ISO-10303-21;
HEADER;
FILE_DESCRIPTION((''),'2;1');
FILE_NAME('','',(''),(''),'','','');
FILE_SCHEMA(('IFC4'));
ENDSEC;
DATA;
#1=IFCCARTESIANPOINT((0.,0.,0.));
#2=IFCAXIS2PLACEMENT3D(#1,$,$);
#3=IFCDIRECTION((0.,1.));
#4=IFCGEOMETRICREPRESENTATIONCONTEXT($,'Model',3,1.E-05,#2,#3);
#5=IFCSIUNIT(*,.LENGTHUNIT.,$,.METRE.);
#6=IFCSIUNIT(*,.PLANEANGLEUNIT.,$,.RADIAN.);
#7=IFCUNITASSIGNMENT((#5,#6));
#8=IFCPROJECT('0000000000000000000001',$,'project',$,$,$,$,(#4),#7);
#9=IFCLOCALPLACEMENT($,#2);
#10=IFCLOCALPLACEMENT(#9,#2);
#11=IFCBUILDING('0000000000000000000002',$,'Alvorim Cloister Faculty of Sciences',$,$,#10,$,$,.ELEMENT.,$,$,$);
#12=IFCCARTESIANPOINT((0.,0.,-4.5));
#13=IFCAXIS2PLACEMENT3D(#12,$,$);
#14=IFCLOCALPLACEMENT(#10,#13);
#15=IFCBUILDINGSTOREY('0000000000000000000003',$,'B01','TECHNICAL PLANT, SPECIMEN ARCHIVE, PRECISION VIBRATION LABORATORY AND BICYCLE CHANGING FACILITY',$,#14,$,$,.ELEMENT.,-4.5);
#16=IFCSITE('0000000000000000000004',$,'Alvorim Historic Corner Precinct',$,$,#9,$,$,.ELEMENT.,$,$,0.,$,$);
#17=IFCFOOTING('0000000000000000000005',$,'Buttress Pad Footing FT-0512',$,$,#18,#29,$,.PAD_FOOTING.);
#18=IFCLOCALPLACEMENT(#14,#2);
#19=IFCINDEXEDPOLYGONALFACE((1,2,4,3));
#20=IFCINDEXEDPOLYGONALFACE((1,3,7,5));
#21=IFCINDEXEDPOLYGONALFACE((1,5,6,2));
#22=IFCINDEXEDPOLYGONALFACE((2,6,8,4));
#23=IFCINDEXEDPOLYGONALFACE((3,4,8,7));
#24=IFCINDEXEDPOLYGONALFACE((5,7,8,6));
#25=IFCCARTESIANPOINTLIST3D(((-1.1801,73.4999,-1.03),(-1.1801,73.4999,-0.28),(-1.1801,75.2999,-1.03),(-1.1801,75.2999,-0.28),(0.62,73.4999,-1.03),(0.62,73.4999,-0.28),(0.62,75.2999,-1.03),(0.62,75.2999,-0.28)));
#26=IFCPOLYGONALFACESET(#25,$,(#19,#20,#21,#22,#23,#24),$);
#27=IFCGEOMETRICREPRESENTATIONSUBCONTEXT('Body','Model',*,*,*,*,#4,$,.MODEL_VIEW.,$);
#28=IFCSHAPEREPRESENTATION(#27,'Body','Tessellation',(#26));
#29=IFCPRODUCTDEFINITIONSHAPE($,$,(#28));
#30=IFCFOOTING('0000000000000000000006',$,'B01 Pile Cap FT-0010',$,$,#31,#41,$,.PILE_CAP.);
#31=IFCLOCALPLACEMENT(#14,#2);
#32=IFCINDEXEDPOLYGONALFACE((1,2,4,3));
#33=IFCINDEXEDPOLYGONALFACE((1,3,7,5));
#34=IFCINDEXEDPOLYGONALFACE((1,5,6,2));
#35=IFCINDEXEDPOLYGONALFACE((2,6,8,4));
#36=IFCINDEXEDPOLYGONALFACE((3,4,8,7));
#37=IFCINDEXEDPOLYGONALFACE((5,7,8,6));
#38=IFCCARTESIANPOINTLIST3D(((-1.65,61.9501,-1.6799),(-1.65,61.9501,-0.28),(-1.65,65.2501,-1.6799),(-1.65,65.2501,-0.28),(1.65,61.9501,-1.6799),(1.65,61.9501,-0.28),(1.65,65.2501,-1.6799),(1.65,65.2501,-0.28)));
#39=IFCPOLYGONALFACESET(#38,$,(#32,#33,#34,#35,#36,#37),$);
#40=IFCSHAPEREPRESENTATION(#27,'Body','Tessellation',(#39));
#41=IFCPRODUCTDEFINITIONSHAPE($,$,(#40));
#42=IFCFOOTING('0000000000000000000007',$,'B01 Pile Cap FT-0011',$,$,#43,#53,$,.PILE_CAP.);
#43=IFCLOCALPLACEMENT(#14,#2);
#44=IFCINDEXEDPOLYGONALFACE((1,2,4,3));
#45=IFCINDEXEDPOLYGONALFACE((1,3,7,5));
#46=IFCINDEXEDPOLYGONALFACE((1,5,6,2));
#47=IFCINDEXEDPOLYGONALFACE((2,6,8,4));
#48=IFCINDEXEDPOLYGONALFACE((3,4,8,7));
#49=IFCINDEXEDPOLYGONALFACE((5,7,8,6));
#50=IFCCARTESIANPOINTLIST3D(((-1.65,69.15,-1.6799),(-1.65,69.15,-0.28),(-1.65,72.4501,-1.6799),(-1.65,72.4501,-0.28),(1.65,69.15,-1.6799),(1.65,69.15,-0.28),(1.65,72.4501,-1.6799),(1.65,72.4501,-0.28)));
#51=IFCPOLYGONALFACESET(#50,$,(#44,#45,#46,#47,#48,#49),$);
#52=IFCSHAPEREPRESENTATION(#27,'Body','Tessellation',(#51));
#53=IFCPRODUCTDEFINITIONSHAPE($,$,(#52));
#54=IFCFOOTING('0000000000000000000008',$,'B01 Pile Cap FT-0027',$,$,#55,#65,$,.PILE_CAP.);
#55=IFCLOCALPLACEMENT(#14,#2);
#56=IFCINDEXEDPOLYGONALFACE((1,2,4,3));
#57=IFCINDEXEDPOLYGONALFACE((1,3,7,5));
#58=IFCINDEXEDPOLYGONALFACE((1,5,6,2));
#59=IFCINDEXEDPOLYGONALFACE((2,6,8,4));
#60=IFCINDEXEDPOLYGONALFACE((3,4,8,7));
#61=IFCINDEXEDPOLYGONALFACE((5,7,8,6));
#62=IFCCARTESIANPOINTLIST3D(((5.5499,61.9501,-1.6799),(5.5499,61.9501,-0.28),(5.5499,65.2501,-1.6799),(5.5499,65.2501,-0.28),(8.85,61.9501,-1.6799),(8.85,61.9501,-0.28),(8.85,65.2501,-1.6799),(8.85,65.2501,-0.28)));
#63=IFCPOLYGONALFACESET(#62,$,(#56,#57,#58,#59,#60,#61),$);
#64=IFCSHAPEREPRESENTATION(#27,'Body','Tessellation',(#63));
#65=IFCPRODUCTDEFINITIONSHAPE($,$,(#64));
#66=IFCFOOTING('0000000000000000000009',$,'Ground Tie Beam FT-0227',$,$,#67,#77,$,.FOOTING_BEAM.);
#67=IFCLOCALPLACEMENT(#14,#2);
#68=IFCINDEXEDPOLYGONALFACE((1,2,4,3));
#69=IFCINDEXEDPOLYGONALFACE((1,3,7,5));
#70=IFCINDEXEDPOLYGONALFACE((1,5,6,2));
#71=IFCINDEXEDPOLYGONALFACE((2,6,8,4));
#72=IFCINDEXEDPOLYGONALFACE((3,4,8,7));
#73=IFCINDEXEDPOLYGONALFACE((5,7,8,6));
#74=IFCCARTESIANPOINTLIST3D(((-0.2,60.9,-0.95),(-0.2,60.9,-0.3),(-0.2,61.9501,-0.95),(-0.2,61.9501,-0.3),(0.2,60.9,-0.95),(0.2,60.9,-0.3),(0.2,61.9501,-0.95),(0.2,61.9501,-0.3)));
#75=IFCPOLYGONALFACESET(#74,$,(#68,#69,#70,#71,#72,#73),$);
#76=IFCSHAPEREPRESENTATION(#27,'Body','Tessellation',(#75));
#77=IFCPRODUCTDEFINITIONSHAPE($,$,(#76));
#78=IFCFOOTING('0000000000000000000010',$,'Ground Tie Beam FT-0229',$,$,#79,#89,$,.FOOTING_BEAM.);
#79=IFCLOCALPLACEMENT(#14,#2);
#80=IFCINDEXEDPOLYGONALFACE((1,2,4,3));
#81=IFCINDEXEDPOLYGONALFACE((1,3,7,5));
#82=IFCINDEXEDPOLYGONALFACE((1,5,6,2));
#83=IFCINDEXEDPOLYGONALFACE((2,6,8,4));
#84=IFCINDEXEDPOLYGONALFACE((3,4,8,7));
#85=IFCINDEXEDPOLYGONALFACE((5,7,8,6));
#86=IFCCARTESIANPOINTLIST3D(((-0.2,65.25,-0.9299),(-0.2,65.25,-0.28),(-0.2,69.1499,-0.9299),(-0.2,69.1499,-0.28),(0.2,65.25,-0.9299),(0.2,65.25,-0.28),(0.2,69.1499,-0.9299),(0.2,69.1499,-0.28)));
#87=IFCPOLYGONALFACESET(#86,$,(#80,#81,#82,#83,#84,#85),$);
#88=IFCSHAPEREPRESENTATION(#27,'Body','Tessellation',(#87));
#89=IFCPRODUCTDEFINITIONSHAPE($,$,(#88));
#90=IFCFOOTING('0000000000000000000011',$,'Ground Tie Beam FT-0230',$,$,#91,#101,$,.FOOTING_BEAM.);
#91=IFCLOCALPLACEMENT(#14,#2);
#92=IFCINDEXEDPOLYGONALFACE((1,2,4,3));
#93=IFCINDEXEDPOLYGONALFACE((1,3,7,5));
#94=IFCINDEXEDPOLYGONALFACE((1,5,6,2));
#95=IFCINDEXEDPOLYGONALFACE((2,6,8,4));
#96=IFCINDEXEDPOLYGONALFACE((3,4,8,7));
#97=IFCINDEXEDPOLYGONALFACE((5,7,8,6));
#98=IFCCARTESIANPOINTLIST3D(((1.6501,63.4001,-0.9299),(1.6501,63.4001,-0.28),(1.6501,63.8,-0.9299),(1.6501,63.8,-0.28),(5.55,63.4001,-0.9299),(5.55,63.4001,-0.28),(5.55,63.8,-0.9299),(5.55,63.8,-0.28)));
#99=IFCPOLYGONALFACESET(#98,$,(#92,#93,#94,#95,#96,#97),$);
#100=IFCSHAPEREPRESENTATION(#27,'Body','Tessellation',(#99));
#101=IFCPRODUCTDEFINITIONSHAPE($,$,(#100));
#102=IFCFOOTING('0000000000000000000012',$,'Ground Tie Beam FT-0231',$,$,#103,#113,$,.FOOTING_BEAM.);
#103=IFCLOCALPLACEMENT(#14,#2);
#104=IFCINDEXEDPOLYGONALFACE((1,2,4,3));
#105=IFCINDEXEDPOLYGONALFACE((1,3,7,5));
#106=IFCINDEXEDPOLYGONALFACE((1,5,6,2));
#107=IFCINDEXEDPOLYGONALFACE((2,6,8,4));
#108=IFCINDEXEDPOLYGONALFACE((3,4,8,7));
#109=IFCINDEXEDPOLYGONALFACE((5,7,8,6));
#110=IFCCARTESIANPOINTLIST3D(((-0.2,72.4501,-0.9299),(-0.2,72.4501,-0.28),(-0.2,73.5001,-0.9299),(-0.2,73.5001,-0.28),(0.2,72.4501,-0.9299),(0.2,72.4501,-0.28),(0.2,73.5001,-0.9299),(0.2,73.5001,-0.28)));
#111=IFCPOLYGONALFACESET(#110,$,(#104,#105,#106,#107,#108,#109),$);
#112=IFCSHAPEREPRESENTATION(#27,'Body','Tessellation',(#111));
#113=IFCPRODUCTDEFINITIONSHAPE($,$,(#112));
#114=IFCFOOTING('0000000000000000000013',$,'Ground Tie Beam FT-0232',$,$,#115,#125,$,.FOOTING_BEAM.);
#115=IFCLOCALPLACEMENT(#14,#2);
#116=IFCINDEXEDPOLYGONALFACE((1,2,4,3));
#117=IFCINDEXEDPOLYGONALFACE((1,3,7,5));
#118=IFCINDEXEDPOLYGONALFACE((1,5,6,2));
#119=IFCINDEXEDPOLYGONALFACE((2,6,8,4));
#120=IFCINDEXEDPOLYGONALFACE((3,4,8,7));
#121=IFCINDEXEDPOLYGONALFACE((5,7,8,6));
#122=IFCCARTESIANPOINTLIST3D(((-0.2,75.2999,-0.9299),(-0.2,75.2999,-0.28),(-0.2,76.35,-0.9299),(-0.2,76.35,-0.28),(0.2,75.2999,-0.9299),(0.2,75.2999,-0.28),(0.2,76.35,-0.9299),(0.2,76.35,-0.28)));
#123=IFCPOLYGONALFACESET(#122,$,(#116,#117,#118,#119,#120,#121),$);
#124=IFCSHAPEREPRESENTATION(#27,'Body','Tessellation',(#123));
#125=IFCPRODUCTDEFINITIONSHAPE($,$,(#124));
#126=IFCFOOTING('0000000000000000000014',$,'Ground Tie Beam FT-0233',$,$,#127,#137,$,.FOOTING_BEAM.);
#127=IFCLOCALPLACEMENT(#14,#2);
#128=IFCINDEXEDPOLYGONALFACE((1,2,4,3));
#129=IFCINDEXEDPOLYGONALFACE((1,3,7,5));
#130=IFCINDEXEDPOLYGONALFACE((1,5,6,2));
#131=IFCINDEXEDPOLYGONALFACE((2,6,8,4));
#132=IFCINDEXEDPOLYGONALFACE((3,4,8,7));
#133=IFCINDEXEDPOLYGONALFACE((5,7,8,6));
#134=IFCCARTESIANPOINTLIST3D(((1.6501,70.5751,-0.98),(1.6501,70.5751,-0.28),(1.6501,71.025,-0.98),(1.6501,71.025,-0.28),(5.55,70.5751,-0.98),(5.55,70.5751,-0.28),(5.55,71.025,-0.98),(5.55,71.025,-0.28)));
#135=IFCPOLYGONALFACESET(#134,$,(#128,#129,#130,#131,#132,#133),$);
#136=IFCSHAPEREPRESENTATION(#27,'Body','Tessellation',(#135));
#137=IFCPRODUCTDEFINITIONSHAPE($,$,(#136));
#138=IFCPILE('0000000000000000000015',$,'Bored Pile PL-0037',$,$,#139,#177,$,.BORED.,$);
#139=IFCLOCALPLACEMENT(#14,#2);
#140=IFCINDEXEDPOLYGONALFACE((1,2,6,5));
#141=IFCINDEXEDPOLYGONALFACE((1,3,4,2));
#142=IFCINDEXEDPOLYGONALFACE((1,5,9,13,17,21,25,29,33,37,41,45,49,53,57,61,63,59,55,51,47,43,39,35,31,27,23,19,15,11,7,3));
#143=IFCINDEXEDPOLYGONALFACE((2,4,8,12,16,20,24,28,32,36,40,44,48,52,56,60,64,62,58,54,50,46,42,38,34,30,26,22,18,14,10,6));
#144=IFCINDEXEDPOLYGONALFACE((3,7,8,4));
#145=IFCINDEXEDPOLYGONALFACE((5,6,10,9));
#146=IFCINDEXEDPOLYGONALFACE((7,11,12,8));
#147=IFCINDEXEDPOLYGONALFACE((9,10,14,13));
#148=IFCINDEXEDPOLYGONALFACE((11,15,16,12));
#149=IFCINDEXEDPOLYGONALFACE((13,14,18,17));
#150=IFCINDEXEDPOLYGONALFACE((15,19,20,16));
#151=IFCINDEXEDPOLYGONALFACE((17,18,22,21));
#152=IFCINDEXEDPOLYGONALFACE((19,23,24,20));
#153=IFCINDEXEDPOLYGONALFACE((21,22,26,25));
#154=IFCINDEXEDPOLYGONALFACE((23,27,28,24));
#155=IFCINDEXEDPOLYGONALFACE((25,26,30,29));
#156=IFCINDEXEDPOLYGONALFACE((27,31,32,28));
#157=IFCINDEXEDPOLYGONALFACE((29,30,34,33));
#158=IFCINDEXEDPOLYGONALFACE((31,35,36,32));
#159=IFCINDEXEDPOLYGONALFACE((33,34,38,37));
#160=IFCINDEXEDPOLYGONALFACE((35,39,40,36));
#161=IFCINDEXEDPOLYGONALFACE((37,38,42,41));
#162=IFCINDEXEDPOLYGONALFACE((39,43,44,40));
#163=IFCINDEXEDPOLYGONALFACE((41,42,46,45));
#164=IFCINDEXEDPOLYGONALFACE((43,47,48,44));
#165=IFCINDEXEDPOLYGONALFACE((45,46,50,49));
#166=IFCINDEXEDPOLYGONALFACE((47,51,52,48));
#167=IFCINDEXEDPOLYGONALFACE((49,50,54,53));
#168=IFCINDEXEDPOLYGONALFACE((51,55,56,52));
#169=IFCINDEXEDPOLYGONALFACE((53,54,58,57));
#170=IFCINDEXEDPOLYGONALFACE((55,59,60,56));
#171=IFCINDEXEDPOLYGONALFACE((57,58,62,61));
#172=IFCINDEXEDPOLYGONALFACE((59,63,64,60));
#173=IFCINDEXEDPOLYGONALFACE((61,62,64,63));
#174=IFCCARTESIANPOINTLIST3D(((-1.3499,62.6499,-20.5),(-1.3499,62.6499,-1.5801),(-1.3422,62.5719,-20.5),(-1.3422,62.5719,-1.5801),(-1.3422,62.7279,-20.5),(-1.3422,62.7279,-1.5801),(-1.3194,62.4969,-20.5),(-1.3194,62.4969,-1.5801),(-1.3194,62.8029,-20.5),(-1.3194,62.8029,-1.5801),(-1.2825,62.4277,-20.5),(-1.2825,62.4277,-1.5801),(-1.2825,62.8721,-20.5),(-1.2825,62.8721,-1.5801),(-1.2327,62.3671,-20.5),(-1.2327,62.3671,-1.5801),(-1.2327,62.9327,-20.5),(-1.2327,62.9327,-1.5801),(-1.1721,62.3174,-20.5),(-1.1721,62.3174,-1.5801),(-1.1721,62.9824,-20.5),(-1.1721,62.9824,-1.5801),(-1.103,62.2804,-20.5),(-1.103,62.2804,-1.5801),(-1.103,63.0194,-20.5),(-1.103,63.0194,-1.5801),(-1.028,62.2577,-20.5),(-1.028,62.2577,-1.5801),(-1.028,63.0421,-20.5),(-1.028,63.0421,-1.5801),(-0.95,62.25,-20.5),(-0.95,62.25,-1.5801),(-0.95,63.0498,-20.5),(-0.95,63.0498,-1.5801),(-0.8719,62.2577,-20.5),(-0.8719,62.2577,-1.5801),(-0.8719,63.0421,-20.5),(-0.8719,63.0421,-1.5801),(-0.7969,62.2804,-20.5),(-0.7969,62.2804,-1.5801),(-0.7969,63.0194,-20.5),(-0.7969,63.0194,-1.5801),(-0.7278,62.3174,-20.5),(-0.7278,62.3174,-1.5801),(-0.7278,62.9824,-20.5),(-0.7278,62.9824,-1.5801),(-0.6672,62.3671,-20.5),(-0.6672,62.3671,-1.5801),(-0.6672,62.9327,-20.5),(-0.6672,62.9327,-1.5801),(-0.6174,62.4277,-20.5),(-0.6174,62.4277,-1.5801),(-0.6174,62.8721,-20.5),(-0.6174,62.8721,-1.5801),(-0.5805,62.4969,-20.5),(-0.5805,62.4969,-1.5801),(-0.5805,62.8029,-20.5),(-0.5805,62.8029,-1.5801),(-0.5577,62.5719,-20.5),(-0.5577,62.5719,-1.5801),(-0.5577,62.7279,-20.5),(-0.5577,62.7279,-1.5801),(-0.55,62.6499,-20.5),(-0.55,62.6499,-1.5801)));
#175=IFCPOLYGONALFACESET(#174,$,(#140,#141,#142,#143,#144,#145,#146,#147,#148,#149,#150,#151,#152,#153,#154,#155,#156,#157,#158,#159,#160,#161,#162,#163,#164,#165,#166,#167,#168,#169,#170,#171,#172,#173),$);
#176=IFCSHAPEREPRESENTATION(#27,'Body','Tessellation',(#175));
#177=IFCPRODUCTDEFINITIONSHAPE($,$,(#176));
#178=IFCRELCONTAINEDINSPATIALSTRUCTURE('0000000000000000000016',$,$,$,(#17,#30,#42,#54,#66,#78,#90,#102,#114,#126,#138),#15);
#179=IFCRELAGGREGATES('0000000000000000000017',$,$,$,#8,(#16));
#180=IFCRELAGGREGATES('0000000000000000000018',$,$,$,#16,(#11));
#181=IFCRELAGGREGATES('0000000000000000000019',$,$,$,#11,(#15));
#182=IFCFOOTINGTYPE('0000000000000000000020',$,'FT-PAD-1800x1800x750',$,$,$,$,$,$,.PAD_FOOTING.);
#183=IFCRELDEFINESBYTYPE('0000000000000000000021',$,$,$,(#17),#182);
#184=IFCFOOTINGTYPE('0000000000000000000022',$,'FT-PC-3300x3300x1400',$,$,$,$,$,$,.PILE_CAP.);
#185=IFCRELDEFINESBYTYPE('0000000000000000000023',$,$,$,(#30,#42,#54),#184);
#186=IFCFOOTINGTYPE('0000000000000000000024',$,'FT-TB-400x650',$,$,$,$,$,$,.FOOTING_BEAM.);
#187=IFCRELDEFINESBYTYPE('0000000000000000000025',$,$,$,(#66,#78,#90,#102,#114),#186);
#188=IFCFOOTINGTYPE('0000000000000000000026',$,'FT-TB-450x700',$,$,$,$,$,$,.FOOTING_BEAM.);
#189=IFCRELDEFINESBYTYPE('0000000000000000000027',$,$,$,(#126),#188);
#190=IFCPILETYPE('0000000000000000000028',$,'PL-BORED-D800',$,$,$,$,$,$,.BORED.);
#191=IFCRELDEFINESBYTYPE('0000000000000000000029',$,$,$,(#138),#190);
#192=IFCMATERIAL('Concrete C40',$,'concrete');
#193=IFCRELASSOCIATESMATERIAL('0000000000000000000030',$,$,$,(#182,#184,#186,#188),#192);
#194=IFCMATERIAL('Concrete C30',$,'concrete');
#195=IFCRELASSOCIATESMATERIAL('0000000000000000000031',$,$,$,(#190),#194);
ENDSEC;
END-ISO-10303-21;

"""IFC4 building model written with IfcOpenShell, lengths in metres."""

from ifc_helpers import new_model, si_unit, direction, frame, origin, origin_2d, place, context, subcontext, project, spatial, rectangle, circle, extrude, material, material_profile, profile_set, type_object, element, save


model = new_model("IFC4")

# Units and contexts
model_context = context("Model", 3, precision=1e-05, world=origin(), true_north=direction((0.0, 1.0)))
body_context = subcontext(model_context, "Body", "Model", "MODEL_VIEW")
ifc_project = project(units=[si_unit("LENGTHUNIT", "METRE"), si_unit("PLANEANGLEUNIT", "RADIAN")], contexts=[model_context])

# Site, building, storey
site_placement = place(None, origin())
site = spatial("IfcSite", under=ifc_project, at=site_placement, Name="Alvorim Historic Corner Precinct", CompositionType="ELEMENT", RefElevation=0.0)
building_placement = place(site_placement, origin())
building = spatial("IfcBuilding", under=site, at=building_placement, Name="Alvorim Cloister Faculty of Sciences", CompositionType="ELEMENT")
storey_placement = place(building_placement, frame((0.0, 0.0, -4.5)))
storey = spatial("IfcBuildingStorey", under=building, at=storey_placement, Name="B01", Description="TECHNICAL PLANT, SPECIMEN ARCHIVE, PRECISION VIBRATION LABORATORY AND BICYCLE CHANGING FACILITY", CompositionType="ELEMENT", Elevation=-4.5)

# Footings
ifc_material_1 = material(Name="Concrete C40", Category="concrete")
footing_type_1 = type_object("IfcFootingType", Name="FT-PAD-1800x1800x750", PredefinedType="PAD_FOOTING", material=ifc_material_1)
footing_1_placement = place(storey_placement, frame((-0.28, 74.3999, -1.03), z_axis=(0.0, 0.0, 1.0), x_axis=(1.0, 0.0, 0.0)))
element("IfcFooting", 1, at=footing_1_placement, inside=storey, type_object=footing_type_1, Name="Buttress Pad Footing FT-0512", PredefinedType="PAD_FOOTING", context=body_context, shape_type="SweptSolid", body=[
    extrude(rectangle(XDim=1.8, YDim=1.8, at=origin_2d()), origin(), (0.0, 0.0, 1.0), 0.75),
])
footing_type_2 = type_object("IfcFootingType", Name="FT-PC-3300x3300x1400", PredefinedType="PILE_CAP", material=ifc_material_1)
for number, where, z_axis, x_axis, name in (
    (2, (0.0, 63.6001, -1.6799), (0.0, 0.0, 1.0), (1.0, 0.0, 0.0), "B01 Pile Cap FT-0010"),
    (3, (0.0, 70.8, -1.6799), (0.0, 0.0, 1.0), (1.0, 0.0, 0.0), "B01 Pile Cap FT-0011"),
    (4, (7.2, 63.6001, -1.6799), (0.0, 0.0, 1.0), (1.0, 0.0, 0.0), "B01 Pile Cap FT-0027"),
):
    element("IfcFooting", number, at=place(storey_placement, frame(where, z_axis=z_axis, x_axis=x_axis)), inside=storey, type_object=footing_type_2, Name=name, PredefinedType="PILE_CAP", context=body_context, shape_type="SweptSolid", body=[
        extrude(rectangle(XDim=3.3, YDim=3.3, at=origin_2d()), origin(), (0.0, 0.0, 1.0), 1.3999),
    ])
footing_type_3 = type_object("IfcFootingType", Name="FT-TB-400x650", PredefinedType="FOOTING_BEAM", material=ifc_material_1)
footing_2_placement = place(storey_placement, frame((0.0, 61.425, -0.95), z_axis=(0.0, 0.0, 1.0), x_axis=(1.0, 0.0, 0.0)))
element("IfcFooting", 5, at=footing_2_placement, inside=storey, type_object=footing_type_3, Name="Ground Tie Beam FT-0227", PredefinedType="FOOTING_BEAM", context=body_context, shape_type="SweptSolid", body=[
    extrude(rectangle(XDim=0.3999, YDim=1.05, at=origin_2d()), origin(), (0.0, 0.0, 1.0), 0.6499),
])
footing_3_placement = place(storey_placement, frame((0.0, 67.2, -0.9299), z_axis=(0.0, 0.0, 1.0), x_axis=(1.0, 0.0, 0.0)))
element("IfcFooting", 6, at=footing_3_placement, inside=storey, type_object=footing_type_3, Name="Ground Tie Beam FT-0229", PredefinedType="FOOTING_BEAM", context=body_context, shape_type="SweptSolid", body=[
    extrude(rectangle(XDim=0.3999, YDim=3.8999, at=origin_2d()), origin(), (0.0, 0.0, 1.0), 0.6499),
])
footing_4_placement = place(storey_placement, frame((3.6001, 63.6001, -0.9299), z_axis=(0.0, 0.0, 1.0), x_axis=(1.0, 0.0, 0.0)))
element("IfcFooting", 7, at=footing_4_placement, inside=storey, type_object=footing_type_3, Name="Ground Tie Beam FT-0230", PredefinedType="FOOTING_BEAM", context=body_context, shape_type="SweptSolid", body=[
    extrude(rectangle(XDim=3.8999, YDim=0.3999, at=origin_2d()), origin(), (0.0, 0.0, 1.0), 0.6499),
])
for number, where, z_axis, x_axis, name in (
    (8, (0.0, 72.9751, -0.9299), (0.0, 0.0, 1.0), (1.0, 0.0, 0.0), "Ground Tie Beam FT-0231"),
    (9, (0.0, 75.825, -0.9299), (0.0, 0.0, 1.0), (1.0, 0.0, 0.0), "Ground Tie Beam FT-0232"),
):
    element("IfcFooting", number, at=place(storey_placement, frame(where, z_axis=z_axis, x_axis=x_axis)), inside=storey, type_object=footing_type_3, Name=name, PredefinedType="FOOTING_BEAM", context=body_context, shape_type="SweptSolid", body=[
        extrude(rectangle(XDim=0.3999, YDim=1.05, at=origin_2d()), origin(), (0.0, 0.0, 1.0), 0.6499),
    ])
footing_type_4 = type_object("IfcFootingType", Name="FT-TB-450x700", PredefinedType="FOOTING_BEAM", material=ifc_material_1)
footing_5_placement = place(storey_placement, frame((3.6001, 70.8, -0.98), z_axis=(0.0, 0.0, 1.0), x_axis=(1.0, 0.0, 0.0)))
element("IfcFooting", 10, at=footing_5_placement, inside=storey, type_object=footing_type_4, Name="Ground Tie Beam FT-0233", PredefinedType="FOOTING_BEAM", context=body_context, shape_type="SweptSolid", body=[
    extrude(rectangle(XDim=3.8999, YDim=0.45, at=origin_2d()), origin(), (0.0, 0.0, 1.0), 0.7),
])

# Pile
ifc_material_2 = material(Name="Concrete C30", Category="concrete")
ifc_material_profile_1 = material_profile(ifc_material_2, circle(Radius=0.3999, at=origin_2d()), Name="PILE-D800")
ifc_profile_set_1 = profile_set([ifc_material_profile_1], Name="Concrete C30")
pile_type = type_object("IfcPileType", Name="PL-BORED-D800", PredefinedType="BORED", material=ifc_profile_set_1)
for number, where, z_axis, x_axis, name in (
    (11, (-0.95, 62.6499, -1.5801), (0.0, 0.0, -1.0), (1.0, 0.0, 0.0), "Bored Pile PL-0037"),
):
    element("IfcPile", number, at=place(storey_placement, frame(where, z_axis=z_axis, x_axis=x_axis)), inside=storey, type_object=pile_type, Name=name, PredefinedType="BORED", context=body_context, shape_type="SweptSolid", body=[
        extrude(circle(Radius=0.3999, at=origin_2d()), origin(), (0.0, 0.0, 1.0), 18.9199),
    ])

save(model, "model.ifc")
